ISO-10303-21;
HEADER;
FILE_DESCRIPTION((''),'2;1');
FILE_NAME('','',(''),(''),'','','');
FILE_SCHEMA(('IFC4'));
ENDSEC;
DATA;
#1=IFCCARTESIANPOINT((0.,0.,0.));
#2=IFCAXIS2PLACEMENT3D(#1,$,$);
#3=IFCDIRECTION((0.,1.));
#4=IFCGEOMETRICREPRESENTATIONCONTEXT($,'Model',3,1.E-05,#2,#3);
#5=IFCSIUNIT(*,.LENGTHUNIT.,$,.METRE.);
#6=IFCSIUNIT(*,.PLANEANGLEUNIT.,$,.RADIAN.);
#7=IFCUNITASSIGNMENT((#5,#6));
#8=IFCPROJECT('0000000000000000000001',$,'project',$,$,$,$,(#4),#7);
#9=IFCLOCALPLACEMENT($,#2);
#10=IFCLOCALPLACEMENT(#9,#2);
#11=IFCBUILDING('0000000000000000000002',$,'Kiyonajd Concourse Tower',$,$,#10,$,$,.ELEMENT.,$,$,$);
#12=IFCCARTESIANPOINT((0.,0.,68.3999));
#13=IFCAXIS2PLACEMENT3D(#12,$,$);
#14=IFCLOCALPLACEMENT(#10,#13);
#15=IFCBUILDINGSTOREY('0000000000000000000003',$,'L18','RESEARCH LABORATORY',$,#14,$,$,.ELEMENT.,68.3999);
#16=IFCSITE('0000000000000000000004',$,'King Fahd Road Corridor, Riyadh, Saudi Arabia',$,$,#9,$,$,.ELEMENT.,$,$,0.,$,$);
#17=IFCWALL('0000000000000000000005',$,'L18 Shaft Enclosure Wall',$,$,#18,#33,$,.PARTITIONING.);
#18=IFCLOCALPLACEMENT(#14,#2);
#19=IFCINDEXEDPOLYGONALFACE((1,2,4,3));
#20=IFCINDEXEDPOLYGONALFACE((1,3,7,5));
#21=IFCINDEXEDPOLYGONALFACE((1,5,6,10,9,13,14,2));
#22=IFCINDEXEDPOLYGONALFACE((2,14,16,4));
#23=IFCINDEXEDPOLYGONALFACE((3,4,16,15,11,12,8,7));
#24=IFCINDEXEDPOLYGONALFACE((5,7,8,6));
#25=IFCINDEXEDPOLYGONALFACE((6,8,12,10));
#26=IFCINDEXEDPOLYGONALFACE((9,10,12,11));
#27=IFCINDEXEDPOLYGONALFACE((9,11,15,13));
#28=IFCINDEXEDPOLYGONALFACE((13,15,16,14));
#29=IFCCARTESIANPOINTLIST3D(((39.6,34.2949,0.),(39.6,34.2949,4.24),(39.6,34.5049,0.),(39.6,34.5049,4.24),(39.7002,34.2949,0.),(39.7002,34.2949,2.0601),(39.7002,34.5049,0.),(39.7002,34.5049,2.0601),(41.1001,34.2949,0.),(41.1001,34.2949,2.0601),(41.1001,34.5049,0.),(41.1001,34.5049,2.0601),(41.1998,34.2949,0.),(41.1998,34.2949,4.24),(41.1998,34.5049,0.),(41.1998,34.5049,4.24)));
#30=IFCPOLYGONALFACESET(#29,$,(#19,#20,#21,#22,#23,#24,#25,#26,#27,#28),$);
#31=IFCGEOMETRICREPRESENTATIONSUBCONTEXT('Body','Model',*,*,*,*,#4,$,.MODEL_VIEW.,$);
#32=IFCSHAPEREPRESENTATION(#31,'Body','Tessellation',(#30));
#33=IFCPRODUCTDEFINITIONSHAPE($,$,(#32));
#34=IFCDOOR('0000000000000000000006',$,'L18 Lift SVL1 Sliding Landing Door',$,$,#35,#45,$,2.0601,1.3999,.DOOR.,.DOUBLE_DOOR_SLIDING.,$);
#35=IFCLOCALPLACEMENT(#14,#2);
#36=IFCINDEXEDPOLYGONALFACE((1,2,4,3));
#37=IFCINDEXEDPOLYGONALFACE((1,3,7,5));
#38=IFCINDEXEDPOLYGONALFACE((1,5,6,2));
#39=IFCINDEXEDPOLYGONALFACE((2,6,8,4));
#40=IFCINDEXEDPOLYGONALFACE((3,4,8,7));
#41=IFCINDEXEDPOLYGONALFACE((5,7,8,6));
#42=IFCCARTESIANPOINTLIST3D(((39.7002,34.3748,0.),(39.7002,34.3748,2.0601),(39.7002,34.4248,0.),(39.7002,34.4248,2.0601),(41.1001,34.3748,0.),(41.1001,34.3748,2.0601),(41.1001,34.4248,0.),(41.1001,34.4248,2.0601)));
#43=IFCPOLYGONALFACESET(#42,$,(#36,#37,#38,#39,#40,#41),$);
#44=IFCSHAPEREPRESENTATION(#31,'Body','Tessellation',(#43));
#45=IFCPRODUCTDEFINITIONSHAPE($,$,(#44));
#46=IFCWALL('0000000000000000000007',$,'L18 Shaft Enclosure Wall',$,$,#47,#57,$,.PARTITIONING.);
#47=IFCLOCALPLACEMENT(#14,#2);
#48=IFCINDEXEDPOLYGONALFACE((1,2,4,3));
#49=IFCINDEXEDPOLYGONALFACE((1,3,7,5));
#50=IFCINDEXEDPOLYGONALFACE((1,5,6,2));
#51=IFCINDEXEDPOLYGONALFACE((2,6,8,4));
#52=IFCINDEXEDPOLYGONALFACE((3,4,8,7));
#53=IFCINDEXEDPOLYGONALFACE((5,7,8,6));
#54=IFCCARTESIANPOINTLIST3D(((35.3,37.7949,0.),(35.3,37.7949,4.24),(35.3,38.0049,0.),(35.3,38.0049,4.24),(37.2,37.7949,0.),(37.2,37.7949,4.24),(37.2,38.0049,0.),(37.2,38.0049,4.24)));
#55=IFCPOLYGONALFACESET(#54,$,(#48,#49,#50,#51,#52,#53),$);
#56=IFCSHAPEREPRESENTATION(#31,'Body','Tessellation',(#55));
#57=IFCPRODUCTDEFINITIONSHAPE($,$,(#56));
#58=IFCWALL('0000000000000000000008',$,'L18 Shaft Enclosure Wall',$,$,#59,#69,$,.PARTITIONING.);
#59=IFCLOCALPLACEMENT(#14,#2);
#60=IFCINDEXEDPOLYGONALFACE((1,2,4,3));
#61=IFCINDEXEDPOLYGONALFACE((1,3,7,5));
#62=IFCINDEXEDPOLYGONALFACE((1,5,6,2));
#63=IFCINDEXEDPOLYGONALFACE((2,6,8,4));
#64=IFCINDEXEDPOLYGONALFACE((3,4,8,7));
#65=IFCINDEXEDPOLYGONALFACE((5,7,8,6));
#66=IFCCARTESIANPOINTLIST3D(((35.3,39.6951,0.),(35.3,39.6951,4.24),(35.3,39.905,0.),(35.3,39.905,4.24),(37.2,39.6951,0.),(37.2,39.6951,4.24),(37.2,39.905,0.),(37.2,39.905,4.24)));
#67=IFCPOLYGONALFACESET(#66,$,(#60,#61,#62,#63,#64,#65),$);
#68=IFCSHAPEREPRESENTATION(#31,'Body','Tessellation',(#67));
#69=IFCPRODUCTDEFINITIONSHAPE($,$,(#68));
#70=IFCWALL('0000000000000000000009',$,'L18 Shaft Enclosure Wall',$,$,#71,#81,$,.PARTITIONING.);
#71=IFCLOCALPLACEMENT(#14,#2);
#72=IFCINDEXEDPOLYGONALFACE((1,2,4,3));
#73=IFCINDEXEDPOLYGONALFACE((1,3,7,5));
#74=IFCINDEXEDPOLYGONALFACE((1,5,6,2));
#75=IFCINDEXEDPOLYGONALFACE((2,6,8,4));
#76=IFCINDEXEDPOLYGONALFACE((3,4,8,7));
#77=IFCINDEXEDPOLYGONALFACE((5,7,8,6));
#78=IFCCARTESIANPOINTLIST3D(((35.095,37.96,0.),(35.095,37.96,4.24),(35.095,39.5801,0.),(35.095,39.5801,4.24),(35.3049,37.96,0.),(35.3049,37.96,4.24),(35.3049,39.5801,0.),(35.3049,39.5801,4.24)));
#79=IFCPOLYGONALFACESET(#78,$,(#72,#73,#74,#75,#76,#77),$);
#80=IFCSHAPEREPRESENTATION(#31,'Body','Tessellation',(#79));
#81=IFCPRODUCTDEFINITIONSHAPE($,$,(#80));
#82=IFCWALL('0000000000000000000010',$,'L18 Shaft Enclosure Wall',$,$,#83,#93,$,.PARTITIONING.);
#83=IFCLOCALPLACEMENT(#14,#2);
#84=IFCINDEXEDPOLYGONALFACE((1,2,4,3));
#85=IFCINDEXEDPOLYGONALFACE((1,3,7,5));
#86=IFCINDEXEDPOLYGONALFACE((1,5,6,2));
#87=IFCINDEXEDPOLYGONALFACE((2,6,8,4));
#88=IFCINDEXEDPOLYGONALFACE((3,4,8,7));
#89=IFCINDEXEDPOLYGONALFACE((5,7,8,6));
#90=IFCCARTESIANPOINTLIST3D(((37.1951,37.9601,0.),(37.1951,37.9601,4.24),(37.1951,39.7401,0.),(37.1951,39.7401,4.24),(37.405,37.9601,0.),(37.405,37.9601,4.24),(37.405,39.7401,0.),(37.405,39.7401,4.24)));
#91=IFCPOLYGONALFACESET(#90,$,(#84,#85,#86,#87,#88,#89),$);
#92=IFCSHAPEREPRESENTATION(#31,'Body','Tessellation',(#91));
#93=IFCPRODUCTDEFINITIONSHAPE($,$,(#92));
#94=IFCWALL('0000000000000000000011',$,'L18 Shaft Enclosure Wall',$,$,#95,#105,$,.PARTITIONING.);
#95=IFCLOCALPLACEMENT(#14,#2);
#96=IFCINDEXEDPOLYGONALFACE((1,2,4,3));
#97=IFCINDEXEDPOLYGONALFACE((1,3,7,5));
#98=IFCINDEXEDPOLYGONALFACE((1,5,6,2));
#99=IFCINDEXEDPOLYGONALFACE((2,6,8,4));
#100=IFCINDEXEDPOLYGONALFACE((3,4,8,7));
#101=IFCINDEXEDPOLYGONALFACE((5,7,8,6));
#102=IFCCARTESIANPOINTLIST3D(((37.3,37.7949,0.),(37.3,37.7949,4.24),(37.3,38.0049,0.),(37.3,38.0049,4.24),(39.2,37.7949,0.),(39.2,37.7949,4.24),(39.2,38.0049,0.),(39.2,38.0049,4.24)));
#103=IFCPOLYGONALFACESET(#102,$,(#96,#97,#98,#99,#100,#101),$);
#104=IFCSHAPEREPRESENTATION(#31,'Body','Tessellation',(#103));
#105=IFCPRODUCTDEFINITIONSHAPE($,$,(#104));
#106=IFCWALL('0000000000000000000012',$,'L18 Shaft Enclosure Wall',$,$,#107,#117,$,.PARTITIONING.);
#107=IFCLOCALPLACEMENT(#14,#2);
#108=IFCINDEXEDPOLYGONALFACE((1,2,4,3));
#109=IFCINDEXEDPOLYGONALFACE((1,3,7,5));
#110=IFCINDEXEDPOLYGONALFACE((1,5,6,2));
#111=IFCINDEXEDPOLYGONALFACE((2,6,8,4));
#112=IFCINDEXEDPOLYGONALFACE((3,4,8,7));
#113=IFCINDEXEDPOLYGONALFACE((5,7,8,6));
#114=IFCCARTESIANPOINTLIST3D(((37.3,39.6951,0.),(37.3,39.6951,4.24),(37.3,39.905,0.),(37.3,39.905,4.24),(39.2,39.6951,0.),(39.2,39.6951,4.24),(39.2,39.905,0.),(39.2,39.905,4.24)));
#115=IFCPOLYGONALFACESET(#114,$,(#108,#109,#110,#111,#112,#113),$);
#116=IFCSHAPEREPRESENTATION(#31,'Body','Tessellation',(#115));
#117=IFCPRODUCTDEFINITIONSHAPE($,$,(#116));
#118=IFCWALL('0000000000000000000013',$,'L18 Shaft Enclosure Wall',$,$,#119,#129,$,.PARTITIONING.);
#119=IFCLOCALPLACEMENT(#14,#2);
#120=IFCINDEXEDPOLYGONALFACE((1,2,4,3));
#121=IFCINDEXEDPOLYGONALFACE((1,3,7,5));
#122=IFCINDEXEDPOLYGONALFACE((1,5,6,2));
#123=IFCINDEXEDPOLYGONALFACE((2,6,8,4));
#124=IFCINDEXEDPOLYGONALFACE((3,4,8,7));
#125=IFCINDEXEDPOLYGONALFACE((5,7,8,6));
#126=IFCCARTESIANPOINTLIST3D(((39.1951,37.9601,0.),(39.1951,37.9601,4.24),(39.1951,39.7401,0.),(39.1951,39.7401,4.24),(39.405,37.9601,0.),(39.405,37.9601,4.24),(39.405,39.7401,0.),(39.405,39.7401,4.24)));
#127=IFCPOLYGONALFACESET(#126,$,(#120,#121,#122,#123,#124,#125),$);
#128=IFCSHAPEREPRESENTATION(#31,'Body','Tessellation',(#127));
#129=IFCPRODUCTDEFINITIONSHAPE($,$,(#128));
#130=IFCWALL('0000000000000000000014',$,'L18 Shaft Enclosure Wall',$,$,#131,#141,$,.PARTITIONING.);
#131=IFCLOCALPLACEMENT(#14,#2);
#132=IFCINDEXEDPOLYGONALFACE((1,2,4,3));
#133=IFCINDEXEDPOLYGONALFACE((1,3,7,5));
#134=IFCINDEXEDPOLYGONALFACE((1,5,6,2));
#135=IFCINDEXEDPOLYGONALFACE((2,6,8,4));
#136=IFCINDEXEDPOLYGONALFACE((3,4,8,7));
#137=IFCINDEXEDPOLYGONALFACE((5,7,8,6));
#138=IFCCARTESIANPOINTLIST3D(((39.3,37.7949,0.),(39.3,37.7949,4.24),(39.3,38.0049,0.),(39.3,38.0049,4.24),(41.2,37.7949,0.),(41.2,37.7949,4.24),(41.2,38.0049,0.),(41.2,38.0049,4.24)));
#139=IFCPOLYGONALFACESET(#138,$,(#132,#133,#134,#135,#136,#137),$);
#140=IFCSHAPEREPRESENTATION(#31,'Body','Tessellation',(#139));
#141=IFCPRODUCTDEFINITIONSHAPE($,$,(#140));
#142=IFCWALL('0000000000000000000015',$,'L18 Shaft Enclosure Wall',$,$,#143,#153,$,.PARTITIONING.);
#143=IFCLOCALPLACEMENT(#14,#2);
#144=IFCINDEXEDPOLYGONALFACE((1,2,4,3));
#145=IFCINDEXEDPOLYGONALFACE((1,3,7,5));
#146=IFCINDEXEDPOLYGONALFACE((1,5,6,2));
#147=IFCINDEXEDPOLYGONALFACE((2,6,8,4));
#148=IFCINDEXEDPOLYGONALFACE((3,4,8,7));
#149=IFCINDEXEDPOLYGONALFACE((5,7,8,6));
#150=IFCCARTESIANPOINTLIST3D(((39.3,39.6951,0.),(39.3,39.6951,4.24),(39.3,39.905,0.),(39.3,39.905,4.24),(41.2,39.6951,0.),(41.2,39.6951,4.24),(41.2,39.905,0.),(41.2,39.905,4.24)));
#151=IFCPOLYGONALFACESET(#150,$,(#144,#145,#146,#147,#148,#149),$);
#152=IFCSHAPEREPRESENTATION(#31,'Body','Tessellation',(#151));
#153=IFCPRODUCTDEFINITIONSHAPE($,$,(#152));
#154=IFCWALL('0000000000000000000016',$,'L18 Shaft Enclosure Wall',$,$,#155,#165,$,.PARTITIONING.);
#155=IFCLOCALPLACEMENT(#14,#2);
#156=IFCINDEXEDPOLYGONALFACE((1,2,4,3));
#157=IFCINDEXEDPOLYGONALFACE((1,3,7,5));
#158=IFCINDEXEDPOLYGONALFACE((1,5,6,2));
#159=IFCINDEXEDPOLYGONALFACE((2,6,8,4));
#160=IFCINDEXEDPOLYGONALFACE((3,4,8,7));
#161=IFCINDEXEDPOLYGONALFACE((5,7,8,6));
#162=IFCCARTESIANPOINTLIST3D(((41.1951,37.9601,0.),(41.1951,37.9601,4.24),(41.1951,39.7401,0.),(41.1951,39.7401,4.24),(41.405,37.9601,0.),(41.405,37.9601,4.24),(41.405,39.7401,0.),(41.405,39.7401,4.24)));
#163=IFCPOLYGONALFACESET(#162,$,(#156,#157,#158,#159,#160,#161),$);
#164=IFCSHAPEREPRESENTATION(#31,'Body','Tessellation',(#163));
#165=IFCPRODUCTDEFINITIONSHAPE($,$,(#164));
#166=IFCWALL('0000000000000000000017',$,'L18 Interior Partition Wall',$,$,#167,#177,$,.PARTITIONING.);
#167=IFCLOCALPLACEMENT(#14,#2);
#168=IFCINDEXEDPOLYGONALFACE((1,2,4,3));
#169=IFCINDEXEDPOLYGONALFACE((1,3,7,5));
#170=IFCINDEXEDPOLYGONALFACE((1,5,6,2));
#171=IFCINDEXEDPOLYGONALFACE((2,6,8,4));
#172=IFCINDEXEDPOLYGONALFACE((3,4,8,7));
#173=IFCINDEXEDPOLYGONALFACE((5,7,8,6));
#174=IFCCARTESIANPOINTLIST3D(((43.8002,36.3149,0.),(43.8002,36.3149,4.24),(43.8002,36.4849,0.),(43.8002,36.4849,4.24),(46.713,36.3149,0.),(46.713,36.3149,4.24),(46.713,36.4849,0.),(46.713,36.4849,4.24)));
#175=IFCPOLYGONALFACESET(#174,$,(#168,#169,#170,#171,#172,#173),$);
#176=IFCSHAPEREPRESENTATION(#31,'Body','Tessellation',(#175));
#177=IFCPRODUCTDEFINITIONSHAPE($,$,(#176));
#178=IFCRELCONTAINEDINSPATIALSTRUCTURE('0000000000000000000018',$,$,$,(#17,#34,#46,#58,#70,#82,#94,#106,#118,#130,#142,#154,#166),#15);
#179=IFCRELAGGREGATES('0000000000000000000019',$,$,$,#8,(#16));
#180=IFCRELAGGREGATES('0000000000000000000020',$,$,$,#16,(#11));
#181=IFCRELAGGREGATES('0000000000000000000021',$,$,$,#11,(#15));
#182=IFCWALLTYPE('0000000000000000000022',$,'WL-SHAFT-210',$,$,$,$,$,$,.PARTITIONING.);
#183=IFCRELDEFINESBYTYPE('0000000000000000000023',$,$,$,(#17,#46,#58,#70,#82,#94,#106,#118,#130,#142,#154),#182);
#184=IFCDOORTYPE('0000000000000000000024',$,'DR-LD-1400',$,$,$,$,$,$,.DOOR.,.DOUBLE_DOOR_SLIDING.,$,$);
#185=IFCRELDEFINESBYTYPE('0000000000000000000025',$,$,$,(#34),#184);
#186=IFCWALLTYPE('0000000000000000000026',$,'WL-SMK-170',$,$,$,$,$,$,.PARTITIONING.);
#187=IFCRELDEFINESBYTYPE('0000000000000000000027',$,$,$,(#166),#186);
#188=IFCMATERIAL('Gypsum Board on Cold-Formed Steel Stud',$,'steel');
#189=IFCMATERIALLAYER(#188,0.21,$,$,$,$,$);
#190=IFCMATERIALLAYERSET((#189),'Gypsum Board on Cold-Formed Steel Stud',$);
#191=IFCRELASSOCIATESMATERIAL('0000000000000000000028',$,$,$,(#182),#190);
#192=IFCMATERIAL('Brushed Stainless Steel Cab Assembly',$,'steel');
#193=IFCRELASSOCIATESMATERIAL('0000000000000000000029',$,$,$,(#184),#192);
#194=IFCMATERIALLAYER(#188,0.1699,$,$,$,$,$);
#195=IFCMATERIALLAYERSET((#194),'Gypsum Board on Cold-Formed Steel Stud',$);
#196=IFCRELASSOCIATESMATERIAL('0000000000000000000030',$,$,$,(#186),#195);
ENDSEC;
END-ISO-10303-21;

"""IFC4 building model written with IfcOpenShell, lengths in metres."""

from ifc_helpers import new_model, si_unit, direction, frame, frame_2d, origin, place, context, subcontext, project, spatial, rectangle, extrude, material, layer, layer_set, type_object, element, fill, save


model = new_model("IFC4")

# Units and contexts
model_context = context("Model", 3, precision=1e-05, world=origin(), true_north=direction((0.0, 1.0)))
body_context = subcontext(model_context, "Body", "Model", "MODEL_VIEW")
ifc_project = project(units=[si_unit("LENGTHUNIT", "METRE"), si_unit("PLANEANGLEUNIT", "RADIAN")], contexts=[model_context])

# Site, building, storey
site_placement = place(None, origin())
site = spatial("IfcSite", under=ifc_project, at=site_placement, Name="King Fahd Road Corridor, Riyadh, Saudi Arabia", CompositionType="ELEMENT", RefElevation=0.0)
building_placement = place(site_placement, origin())
building = spatial("IfcBuilding", under=site, at=building_placement, Name="Kiyonajd Concourse Tower", CompositionType="ELEMENT")
storey_placement = place(building_placement, frame((0.0, 0.0, 68.3999)))
storey = spatial("IfcBuildingStorey", under=building, at=storey_placement, Name="L18", Description="RESEARCH LABORATORY", CompositionType="ELEMENT", Elevation=68.3999)

# Shared definitions
ifc_material_1 = material(Name="Gypsum Board on Cold-Formed Steel Stud", Category="steel")
ifc_layer_1 = layer(ifc_material_1, 0.21)
ifc_layer_set_1 = layer_set([ifc_layer_1], Name="Gypsum Board on Cold-Formed Steel Stud")
wall_type_1 = type_object("IfcWallType", Name="WL-SHAFT-210", PredefinedType="PARTITIONING", material=ifc_layer_set_1)

# Wall, opening, door
wall_1_placement = place(storey_placement, frame((39.6001, 34.3999, 0.0), z_axis=(0.0, 0.0, 1.0), x_axis=(1.0, 0.0, 0.0)))
wall_1 = element("IfcWall", 1, at=wall_1_placement, inside=storey, type_object=wall_type_1, Name="L18 Shaft Enclosure Wall", PredefinedType="PARTITIONING", context=body_context, shape_type="SweptSolid", body=[
    extrude(rectangle(XDim=1.5999, YDim=0.21, at=frame_2d((0.7998, 0.0))), origin(), (0.0, 0.0, 1.0), 4.24),
])
opening_1_placement = place(wall_1_placement, frame((0.1001, 0.0, 0.0)))
opening_1 = element("IfcOpeningElement", 2, at=opening_1_placement, cuts=wall_1, PredefinedType="OPENING", context=body_context, shape_type="SweptSolid", body=[
    extrude(rectangle(XDim=1.3999, YDim=2.0601, at=frame_2d((0.7, 1.03))), frame((0.0, 0.115, 0.0), z_axis=(0.0, -1.0, 0.0), x_axis=(1.0, 0.0, 0.0)), (0.0, 0.0, 1.0), 0.23),
])
ifc_material_2 = material(Name="Brushed Stainless Steel Cab Assembly", Category="steel")
door_type_1 = type_object("IfcDoorType", Name="DR-LD-1400", OperationType="DOUBLE_DOOR_SLIDING", PredefinedType="DOOR", material=ifc_material_2)
door_1_placement = place(opening_1_placement, origin())
door_1 = element("IfcDoor", 3, at=door_1_placement, inside=storey, type_object=door_type_1, Name="L18 Lift SVL1 Sliding Landing Door", OperationType="DOUBLE_DOOR_SLIDING", OverallHeight=2.0601, OverallWidth=1.3999, PredefinedType="DOOR", context=body_context, shape_type="SweptSolid", body=[
    extrude(rectangle(XDim=1.3999, YDim=2.0601, at=frame_2d((0.7, 1.03))), frame((0.0, 0.0249, 0.0), z_axis=(0.0, -1.0, 0.0), x_axis=(1.0, 0.0, 0.0)), (0.0, 0.0, 1.0), 0.05),
])
fill(opening_1, door_1)

# Walls
for number, where, z_axis, x_axis, name in (
    (4, (35.3, 37.8999, 0.0), (0.0, 0.0, 1.0), (1.0, 0.0, 0.0), "L18 Shaft Enclosure Wall"),
    (5, (35.3, 39.8, 0.0), (0.0, 0.0, 1.0), (1.0, 0.0, 0.0), "L18 Shaft Enclosure Wall"),
):
    element("IfcWall", number, at=place(storey_placement, frame(where, z_axis=z_axis, x_axis=x_axis)), inside=storey, type_object=wall_type_1, Name=name, PredefinedType="PARTITIONING", context=body_context, shape_type="SweptSolid", body=[
        extrude(rectangle(XDim=1.8999, YDim=0.21, at=frame_2d((0.95, 0.0))), origin(), (0.0, 0.0, 1.0), 4.24),
    ])
wall_2_placement = place(storey_placement, frame((35.2, 37.96, 0.0), z_axis=(0.0, 0.0, 1.0), x_axis=(0.0, 1.0, 0.0)))
element("IfcWall", 6, at=wall_2_placement, inside=storey, type_object=wall_type_1, Name="L18 Shaft Enclosure Wall", PredefinedType="PARTITIONING", context=body_context, shape_type="SweptSolid", body=[
    extrude(rectangle(XDim=1.6201, YDim=0.21, at=frame_2d((0.8101, 0.0))), origin(), (0.0, 0.0, 1.0), 4.24),
])
wall_3_placement = place(storey_placement, frame((37.3, 37.96, 0.0), z_axis=(0.0, 0.0, 1.0), x_axis=(0.0, 1.0, 0.0)))
element("IfcWall", 7, at=wall_3_placement, inside=storey, type_object=wall_type_1, Name="L18 Shaft Enclosure Wall", PredefinedType="PARTITIONING", context=body_context, shape_type="SweptSolid", body=[
    extrude(rectangle(XDim=1.78, YDim=0.21, at=frame_2d((0.8901, 0.0))), origin(), (0.0, 0.0, 1.0), 4.24),
])
for number, where, z_axis, x_axis, name in (
    (8, (37.3, 37.8999, 0.0), (0.0, 0.0, 1.0), (1.0, 0.0, 0.0), "L18 Shaft Enclosure Wall"),
    (9, (37.3, 39.8, 0.0), (0.0, 0.0, 1.0), (1.0, 0.0, 0.0), "L18 Shaft Enclosure Wall"),
):
    element("IfcWall", number, at=place(storey_placement, frame(where, z_axis=z_axis, x_axis=x_axis)), inside=storey, type_object=wall_type_1, Name=name, PredefinedType="PARTITIONING", context=body_context, shape_type="SweptSolid", body=[
        extrude(rectangle(XDim=1.8999, YDim=0.21, at=frame_2d((0.95, 0.0))), origin(), (0.0, 0.0, 1.0), 4.24),
    ])
wall_4_placement = place(storey_placement, frame((39.3, 37.96, 0.0), z_axis=(0.0, 0.0, 1.0), x_axis=(0.0, 1.0, 0.0)))
element("IfcWall", 10, at=wall_4_placement, inside=storey, type_object=wall_type_1, Name="L18 Shaft Enclosure Wall", PredefinedType="PARTITIONING", context=body_context, shape_type="SweptSolid", body=[
    extrude(rectangle(XDim=1.78, YDim=0.21, at=frame_2d((0.8901, 0.0))), origin(), (0.0, 0.0, 1.0), 4.24),
])
for number, where, z_axis, x_axis, name in (
    (11, (39.3, 37.8999, 0.0), (0.0, 0.0, 1.0), (1.0, 0.0, 0.0), "L18 Shaft Enclosure Wall"),
    (12, (39.3, 39.8, 0.0), (0.0, 0.0, 1.0), (1.0, 0.0, 0.0), "L18 Shaft Enclosure Wall"),
):
    element("IfcWall", number, at=place(storey_placement, frame(where, z_axis=z_axis, x_axis=x_axis)), inside=storey, type_object=wall_type_1, Name=name, PredefinedType="PARTITIONING", context=body_context, shape_type="SweptSolid", body=[
        extrude(rectangle(XDim=1.8999, YDim=0.21, at=frame_2d((0.95, 0.0))), origin(), (0.0, 0.0, 1.0), 4.24),
    ])
wall_5_placement = place(storey_placement, frame((41.3, 37.96, 0.0), z_axis=(0.0, 0.0, 1.0), x_axis=(0.0, 1.0, 0.0)))
element("IfcWall", 13, at=wall_5_placement, inside=storey, type_object=wall_type_1, Name="L18 Shaft Enclosure Wall", PredefinedType="PARTITIONING", context=body_context, shape_type="SweptSolid", body=[
    extrude(rectangle(XDim=1.78, YDim=0.21, at=frame_2d((0.8901, 0.0))), origin(), (0.0, 0.0, 1.0), 4.24),
])
ifc_layer_2 = layer(ifc_material_1, 0.1699)
ifc_layer_set_2 = layer_set([ifc_layer_2], Name="Gypsum Board on Cold-Formed Steel Stud")
wall_type_2 = type_object("IfcWallType", Name="WL-SMK-170", PredefinedType="PARTITIONING", material=ifc_layer_set_2)
wall_6_placement = place(storey_placement, frame((43.8, 36.3999, 0.0), z_axis=(0.0, 0.0, 1.0), x_axis=(1.0, 0.0, 0.0)))
element("IfcWall", 14, at=wall_6_placement, inside=storey, type_object=wall_type_2, Name="L18 Interior Partition Wall", PredefinedType="PARTITIONING", context=body_context, shape_type="SweptSolid", body=[
    extrude(rectangle(XDim=2.9128, YDim=0.1699, at=frame_2d((1.4565, 0.0))), origin(), (0.0, 0.0, 1.0), 4.24),
])

save(model, "model.ifc")
